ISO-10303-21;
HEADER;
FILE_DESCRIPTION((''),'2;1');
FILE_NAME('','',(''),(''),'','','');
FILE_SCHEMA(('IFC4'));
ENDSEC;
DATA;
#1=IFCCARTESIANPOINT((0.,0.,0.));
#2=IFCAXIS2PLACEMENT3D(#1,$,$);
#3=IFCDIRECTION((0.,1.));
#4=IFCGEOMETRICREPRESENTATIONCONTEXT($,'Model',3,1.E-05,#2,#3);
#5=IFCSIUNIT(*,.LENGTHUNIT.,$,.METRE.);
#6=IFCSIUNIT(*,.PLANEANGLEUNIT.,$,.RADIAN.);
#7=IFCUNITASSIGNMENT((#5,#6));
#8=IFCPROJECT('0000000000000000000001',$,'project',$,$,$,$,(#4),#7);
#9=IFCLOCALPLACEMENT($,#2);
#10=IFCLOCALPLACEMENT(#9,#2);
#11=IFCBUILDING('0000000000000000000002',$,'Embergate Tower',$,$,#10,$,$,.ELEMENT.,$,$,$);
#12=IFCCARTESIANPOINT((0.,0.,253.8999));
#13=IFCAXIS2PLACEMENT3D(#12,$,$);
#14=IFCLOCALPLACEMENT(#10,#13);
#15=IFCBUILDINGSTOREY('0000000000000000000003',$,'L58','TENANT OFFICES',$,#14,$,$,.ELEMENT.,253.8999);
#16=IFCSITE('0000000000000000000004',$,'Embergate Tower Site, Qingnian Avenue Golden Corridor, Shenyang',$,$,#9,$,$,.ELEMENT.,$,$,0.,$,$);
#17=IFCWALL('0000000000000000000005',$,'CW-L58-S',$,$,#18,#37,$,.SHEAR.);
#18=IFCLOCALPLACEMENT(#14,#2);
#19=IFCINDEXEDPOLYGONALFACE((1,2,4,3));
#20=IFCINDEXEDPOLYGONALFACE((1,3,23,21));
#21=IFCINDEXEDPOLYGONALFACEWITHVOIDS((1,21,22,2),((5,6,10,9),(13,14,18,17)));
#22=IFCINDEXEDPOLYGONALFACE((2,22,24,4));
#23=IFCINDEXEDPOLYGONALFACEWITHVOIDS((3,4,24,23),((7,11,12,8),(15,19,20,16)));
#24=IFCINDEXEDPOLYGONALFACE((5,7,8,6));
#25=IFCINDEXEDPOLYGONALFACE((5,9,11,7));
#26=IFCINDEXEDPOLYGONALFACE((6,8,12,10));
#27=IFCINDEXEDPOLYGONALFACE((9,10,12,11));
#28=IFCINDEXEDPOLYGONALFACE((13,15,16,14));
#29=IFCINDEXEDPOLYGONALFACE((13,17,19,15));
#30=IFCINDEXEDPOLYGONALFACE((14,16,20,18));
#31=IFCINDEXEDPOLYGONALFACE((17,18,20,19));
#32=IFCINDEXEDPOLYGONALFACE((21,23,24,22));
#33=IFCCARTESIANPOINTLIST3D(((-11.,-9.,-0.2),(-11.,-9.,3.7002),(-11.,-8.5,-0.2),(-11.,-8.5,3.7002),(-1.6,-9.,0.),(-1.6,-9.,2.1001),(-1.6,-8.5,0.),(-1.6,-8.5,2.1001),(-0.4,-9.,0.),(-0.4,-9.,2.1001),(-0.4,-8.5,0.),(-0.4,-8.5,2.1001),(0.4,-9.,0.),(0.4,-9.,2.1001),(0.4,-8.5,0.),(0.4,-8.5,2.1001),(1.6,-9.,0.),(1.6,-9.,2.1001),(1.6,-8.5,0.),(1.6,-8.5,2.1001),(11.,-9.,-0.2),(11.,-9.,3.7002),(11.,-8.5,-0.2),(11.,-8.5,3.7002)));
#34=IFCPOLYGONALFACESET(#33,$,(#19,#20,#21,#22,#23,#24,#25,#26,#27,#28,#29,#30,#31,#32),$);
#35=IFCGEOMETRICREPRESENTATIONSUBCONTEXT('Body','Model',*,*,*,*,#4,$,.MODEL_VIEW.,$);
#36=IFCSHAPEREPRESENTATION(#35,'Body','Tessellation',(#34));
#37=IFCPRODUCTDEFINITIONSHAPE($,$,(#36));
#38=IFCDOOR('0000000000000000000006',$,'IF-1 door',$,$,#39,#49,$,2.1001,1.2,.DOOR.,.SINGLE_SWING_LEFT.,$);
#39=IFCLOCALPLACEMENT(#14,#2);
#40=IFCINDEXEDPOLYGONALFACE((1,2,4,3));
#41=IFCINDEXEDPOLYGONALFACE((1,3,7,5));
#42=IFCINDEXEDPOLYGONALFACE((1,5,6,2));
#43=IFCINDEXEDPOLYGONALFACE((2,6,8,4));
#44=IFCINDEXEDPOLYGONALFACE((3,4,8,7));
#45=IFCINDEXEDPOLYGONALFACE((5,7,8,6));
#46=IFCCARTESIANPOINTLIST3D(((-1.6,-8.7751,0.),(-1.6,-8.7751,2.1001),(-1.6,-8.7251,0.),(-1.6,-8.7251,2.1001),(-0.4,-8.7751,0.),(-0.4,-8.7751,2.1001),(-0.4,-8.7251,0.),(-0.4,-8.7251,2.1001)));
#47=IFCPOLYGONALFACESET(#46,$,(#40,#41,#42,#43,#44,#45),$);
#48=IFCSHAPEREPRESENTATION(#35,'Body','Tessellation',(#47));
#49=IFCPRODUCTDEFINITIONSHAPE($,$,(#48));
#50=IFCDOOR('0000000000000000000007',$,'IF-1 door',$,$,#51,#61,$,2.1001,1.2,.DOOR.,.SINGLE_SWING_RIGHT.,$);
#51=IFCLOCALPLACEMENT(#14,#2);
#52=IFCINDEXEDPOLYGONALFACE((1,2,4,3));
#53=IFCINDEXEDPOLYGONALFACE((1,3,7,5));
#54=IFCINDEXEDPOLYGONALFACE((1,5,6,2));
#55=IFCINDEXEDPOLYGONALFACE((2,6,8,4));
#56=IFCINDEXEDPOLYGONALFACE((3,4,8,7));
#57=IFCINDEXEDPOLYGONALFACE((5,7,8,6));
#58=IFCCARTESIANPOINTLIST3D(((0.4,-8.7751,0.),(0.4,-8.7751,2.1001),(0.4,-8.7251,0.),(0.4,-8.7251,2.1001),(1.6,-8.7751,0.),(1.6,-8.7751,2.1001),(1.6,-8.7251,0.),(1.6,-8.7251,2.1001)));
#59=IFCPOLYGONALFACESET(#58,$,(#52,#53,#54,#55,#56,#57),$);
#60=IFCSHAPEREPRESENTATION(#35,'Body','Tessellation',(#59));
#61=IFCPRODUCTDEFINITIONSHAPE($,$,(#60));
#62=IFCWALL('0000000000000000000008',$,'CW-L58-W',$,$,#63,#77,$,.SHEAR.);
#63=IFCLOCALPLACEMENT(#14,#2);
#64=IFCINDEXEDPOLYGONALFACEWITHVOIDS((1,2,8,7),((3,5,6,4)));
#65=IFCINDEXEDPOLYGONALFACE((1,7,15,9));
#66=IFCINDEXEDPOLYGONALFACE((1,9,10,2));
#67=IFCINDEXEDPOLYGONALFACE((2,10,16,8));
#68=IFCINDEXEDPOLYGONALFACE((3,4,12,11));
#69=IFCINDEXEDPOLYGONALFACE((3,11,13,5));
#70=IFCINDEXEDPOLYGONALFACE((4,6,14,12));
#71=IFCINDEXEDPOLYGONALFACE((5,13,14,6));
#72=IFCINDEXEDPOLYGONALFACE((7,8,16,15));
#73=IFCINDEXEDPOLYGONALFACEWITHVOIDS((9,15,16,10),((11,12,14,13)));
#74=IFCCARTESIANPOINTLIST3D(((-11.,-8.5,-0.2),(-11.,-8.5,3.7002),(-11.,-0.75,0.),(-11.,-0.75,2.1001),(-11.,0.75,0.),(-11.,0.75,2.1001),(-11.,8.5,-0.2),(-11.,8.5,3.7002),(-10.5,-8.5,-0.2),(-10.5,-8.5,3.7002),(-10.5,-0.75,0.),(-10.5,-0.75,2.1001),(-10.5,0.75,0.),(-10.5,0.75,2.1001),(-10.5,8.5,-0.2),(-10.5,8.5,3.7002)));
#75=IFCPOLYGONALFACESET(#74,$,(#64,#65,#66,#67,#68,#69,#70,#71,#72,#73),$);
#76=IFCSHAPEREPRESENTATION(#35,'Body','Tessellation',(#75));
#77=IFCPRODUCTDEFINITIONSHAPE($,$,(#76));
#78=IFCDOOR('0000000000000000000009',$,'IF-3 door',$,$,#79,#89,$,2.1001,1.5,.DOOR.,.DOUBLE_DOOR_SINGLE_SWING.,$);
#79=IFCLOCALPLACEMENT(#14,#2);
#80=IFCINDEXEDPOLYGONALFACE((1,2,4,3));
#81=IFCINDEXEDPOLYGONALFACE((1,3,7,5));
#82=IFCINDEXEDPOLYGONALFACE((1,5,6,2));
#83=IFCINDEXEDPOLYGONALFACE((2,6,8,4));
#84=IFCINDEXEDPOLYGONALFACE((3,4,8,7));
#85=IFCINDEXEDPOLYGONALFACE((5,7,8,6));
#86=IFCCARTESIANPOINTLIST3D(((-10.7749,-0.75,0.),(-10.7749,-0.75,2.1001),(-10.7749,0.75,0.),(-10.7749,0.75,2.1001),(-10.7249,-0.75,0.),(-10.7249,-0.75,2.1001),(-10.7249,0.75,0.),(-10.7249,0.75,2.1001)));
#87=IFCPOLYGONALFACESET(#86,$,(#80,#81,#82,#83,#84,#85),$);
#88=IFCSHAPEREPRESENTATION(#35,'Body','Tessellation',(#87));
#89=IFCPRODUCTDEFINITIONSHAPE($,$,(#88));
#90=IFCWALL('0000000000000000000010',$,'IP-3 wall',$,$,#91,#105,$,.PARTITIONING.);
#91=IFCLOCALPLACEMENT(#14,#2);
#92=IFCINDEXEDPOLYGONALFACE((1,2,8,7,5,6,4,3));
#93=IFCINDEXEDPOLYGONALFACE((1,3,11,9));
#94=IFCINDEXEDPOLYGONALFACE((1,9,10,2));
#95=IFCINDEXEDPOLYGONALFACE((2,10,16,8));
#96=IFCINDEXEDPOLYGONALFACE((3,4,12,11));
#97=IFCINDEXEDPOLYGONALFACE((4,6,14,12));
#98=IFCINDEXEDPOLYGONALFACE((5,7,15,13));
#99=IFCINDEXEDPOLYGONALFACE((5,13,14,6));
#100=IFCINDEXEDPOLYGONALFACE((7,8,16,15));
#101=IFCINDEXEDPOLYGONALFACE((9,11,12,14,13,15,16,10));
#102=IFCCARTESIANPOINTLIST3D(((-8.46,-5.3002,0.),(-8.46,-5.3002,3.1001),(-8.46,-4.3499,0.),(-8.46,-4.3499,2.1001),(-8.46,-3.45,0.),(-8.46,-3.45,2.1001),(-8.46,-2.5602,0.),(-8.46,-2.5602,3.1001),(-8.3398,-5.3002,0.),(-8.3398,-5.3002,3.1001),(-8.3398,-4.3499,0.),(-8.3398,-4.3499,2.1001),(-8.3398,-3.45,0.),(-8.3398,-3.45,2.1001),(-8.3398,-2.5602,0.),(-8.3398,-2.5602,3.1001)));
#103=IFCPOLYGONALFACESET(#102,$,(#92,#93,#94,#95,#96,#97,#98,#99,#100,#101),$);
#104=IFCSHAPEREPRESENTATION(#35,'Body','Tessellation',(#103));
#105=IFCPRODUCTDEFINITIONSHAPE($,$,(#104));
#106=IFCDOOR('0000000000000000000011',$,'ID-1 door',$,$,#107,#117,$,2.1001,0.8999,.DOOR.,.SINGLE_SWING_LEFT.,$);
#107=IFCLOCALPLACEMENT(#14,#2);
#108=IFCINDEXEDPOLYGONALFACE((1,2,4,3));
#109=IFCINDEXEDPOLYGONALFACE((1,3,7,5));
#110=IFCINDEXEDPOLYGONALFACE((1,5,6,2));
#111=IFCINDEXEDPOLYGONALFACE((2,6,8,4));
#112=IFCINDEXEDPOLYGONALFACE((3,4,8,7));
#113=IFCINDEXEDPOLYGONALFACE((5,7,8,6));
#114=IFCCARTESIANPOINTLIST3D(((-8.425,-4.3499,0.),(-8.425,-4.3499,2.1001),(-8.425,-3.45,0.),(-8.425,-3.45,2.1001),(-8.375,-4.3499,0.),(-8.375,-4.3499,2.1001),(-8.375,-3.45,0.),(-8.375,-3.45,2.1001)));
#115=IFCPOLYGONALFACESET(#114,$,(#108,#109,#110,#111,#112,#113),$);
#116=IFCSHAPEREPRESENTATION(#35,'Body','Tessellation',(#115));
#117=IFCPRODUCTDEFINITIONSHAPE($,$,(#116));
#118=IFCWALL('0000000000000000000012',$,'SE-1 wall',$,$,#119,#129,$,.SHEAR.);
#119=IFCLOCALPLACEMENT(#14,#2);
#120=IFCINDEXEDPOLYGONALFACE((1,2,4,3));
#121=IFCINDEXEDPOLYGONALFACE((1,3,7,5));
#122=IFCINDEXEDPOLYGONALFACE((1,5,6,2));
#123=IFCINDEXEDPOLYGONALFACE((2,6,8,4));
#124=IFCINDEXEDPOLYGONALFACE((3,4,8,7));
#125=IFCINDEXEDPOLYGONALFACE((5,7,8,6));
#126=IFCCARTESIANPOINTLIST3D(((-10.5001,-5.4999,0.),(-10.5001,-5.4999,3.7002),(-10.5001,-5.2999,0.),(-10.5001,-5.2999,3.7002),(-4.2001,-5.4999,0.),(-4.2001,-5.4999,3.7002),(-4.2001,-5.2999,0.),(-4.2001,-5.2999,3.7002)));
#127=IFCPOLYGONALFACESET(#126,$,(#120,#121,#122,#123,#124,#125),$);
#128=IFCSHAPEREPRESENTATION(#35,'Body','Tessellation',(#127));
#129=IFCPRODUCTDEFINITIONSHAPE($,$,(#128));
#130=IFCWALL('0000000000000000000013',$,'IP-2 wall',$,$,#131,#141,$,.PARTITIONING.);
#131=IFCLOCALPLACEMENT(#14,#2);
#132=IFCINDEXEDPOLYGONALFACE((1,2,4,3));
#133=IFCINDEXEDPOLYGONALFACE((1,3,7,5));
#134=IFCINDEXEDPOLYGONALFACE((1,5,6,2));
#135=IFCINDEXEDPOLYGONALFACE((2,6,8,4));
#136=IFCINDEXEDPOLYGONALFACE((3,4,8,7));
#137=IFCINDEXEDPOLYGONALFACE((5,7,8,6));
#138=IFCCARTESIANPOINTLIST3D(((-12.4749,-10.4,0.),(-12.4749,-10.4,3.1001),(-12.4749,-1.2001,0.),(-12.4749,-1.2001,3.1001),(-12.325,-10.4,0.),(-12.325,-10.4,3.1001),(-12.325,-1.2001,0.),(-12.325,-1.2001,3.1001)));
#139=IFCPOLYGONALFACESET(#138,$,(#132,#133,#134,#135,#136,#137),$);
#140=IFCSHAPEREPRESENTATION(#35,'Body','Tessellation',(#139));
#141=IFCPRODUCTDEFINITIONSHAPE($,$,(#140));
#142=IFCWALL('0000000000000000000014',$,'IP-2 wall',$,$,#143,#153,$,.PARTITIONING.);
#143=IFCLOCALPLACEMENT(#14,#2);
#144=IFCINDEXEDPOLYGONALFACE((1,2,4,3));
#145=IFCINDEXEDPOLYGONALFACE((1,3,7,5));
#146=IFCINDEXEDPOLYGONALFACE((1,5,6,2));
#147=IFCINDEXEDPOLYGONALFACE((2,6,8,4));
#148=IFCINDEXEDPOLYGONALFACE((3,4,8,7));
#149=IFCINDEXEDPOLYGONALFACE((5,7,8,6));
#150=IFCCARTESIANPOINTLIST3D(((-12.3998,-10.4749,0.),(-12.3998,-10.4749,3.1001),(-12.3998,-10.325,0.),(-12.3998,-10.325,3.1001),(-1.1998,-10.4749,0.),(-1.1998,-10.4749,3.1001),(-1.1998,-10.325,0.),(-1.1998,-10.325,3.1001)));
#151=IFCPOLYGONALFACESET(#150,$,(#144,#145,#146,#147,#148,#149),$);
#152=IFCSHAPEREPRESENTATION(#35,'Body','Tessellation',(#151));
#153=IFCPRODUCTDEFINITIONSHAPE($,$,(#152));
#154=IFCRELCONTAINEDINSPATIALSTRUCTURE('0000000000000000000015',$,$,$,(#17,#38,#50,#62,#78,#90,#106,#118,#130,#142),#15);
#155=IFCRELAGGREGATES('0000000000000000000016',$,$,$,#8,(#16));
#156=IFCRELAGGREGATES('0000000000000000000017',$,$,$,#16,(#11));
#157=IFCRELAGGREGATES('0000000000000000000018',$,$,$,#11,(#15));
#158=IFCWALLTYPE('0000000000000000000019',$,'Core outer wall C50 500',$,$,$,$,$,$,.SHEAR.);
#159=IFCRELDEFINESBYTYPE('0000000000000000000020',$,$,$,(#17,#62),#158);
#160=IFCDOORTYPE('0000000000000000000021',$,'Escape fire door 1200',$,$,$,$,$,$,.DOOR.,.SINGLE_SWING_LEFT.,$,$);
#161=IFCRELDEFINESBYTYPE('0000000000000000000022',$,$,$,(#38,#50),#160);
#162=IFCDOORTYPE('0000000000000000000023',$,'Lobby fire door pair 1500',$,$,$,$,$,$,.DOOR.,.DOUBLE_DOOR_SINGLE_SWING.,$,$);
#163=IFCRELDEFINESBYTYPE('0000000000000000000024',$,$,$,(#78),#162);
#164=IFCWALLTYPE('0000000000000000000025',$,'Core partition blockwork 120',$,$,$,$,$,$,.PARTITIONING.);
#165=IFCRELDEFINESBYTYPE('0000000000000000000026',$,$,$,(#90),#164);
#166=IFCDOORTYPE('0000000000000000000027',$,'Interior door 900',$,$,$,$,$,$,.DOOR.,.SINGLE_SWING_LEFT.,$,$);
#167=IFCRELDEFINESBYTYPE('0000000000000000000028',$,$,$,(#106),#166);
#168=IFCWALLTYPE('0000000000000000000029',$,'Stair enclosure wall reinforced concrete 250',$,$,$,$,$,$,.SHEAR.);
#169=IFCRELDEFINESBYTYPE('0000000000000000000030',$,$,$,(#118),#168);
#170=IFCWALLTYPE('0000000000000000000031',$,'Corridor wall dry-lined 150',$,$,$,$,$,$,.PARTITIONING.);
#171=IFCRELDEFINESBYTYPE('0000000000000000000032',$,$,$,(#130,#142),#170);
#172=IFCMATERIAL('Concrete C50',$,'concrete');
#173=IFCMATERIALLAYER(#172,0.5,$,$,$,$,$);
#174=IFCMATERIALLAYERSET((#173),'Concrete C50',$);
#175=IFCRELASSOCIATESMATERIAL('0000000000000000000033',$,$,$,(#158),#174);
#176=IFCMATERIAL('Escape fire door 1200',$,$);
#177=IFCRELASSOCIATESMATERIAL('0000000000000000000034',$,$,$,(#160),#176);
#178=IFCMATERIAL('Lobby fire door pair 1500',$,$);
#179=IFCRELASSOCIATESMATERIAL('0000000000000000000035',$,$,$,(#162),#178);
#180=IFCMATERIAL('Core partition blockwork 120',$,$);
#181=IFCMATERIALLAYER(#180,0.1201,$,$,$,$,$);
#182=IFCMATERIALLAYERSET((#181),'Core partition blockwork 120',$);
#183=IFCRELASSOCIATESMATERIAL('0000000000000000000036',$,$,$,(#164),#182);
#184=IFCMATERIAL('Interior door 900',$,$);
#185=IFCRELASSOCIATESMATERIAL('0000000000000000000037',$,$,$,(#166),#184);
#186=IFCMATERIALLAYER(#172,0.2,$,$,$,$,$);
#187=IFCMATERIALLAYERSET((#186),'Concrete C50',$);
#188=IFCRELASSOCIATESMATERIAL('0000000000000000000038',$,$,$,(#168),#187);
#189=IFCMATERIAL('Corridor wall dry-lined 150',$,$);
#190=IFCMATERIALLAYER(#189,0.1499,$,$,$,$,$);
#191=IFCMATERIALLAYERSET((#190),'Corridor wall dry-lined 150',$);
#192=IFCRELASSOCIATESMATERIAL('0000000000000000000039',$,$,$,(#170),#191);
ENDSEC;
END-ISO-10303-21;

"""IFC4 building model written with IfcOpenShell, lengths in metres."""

from ifc_helpers import new_model, si_unit, direction, frame, frame_2d, origin, place, context, subcontext, project, spatial, rectangle, extrude, source, transform, mapped, material, layer, layer_set, type_object, element, fill, save


model = new_model("IFC4")

# Units and contexts
model_context = context("Model", 3, precision=1e-05, world=origin(), true_north=direction((0.0, 1.0)))
body_context = subcontext(model_context, "Body", "Model", "MODEL_VIEW")
ifc_project = project(units=[si_unit("LENGTHUNIT", "METRE"), si_unit("PLANEANGLEUNIT", "RADIAN")], contexts=[model_context])

# Site, building, storey
site_placement = place(None, origin())
site = spatial("IfcSite", under=ifc_project, at=site_placement, Name="Embergate Tower Site, Qingnian Avenue Golden Corridor, Shenyang", CompositionType="ELEMENT", RefElevation=0.0)
building_placement = place(site_placement, origin())
building = spatial("IfcBuilding", under=site, at=building_placement, Name="Embergate Tower", CompositionType="ELEMENT")
storey_placement = place(building_placement, frame((0.0, 0.0, 253.8999)))
storey = spatial("IfcBuildingStorey", under=building, at=storey_placement, Name="L58", Description="TENANT OFFICES", CompositionType="ELEMENT", Elevation=253.8999)

# Wall, openings, doors
ifc_material_1 = material(Name="Concrete C50", Category="concrete")
ifc_layer_1 = layer(ifc_material_1, 0.5)
ifc_layer_set_1 = layer_set([ifc_layer_1], Name="Concrete C50")
wall_type_1 = type_object("IfcWallType", Name="Core outer wall C50 500", PredefinedType="SHEAR", material=ifc_layer_set_1)
shared_shape_1 = source(origin(), body_context, "Body", "SweptSolid", [
    extrude(rectangle(XDim=22.0, YDim=0.5, at=frame_2d((11.0, 0.0))), origin(), (0.0, 0.0, 1.0), 3.9001),
])
wall_1_placement = place(storey_placement, frame((-11.0, -8.75, -0.2), z_axis=(0.0, 0.0, 1.0), x_axis=(1.0, 0.0, 0.0)))
wall_1 = element("IfcWall", 1, at=wall_1_placement, inside=storey, type_object=wall_type_1, Name="CW-L58-S", PredefinedType="SHEAR", context=body_context, shape_type="MappedRepresentation", body=[
    mapped(shared_shape_1, transform((0.0, 0.0, 0.0))),
])
shared_shape_2 = source(origin(), body_context, "Body", "SweptSolid", [
    extrude(rectangle(XDim=1.2, YDim=2.1001, at=frame_2d((0.6001, 1.05))), frame((0.0, 0.26, 0.0), z_axis=(0.0, -1.0, 0.0), x_axis=(1.0, 0.0, 0.0)), (0.0, 0.0, 1.0), 0.52),
])
opening_1_placement = place(wall_1_placement, frame((9.3999, 0.0, 0.2)))
opening_1 = element("IfcOpeningElement", 2, at=opening_1_placement, cuts=wall_1, PredefinedType="OPENING", context=body_context, shape_type="MappedRepresentation", body=[
    mapped(shared_shape_2, transform((0.0, 0.0, 0.0))),
])
opening_2_placement = place(wall_1_placement, frame((11.3999, 0.0, 0.2)))
opening_2 = element("IfcOpeningElement", 3, at=opening_2_placement, cuts=wall_1, PredefinedType="OPENING", context=body_context, shape_type="MappedRepresentation", body=[
    mapped(shared_shape_2, transform((0.0, 0.0, 0.0))),
])
ifc_material_2 = material(Name="Escape fire door 1200")
door_type_1 = type_object("IfcDoorType", Name="Escape fire door 1200", OperationType="SINGLE_SWING_LEFT", PredefinedType="DOOR", material=ifc_material_2)
shared_shape_3 = source(origin(), body_context, "Body", "SweptSolid", [
    extrude(rectangle(XDim=1.2, YDim=2.1001, at=frame_2d((0.6001, 1.05))), frame((0.0, 0.0249, 0.0), z_axis=(0.0, -1.0, 0.0), x_axis=(1.0, 0.0, 0.0)), (0.0, 0.0, 1.0), 0.05),
])
door_1_placement = place(opening_1_placement, origin())
door_1 = element("IfcDoor", 4, at=door_1_placement, inside=storey, type_object=door_type_1, Name="IF-1 door", OperationType="SINGLE_SWING_LEFT", OverallHeight=2.1001, OverallWidth=1.2, PredefinedType="DOOR", context=body_context, shape_type="MappedRepresentation", body=[
    mapped(shared_shape_3, transform((0.0, 0.0, 0.0))),
])
fill(opening_1, door_1)
door_2_placement = place(opening_2_placement, origin())
door_2 = element("IfcDoor", 5, at=door_2_placement, inside=storey, type_object=door_type_1, Name="IF-1 door", OperationType="SINGLE_SWING_RIGHT", OverallHeight=2.1001, OverallWidth=1.2, PredefinedType="DOOR", context=body_context, shape_type="MappedRepresentation", body=[
    mapped(shared_shape_3, transform((0.0, 0.0, 0.0))),
])
fill(opening_2, door_2)

# Walls, openings, doors
shared_shape_4 = source(origin(), body_context, "Body", "SweptSolid", [
    extrude(rectangle(XDim=17.0, YDim=0.5, at=frame_2d((8.5, 0.0))), origin(), (0.0, 0.0, 1.0), 3.9001),
])
wall_2_placement = place(storey_placement, frame((-10.75, -8.5, -0.2), z_axis=(0.0, 0.0, 1.0), x_axis=(0.0, 1.0, 0.0)))
wall_2 = element("IfcWall", 6, at=wall_2_placement, inside=storey, type_object=wall_type_1, Name="CW-L58-W", PredefinedType="SHEAR", context=body_context, shape_type="MappedRepresentation", body=[
    mapped(shared_shape_4, transform((0.0, 0.0, 0.0))),
])
shared_shape_5 = source(origin(), body_context, "Body", "SweptSolid", [
    extrude(rectangle(XDim=1.5, YDim=2.1001, at=frame_2d((0.75, 1.05))), frame((0.0, 0.26, 0.0), z_axis=(0.0, -1.0, 0.0), x_axis=(1.0, 0.0, 0.0)), (0.0, 0.0, 1.0), 0.52),
])
opening_3_placement = place(wall_2_placement, frame((7.75, 0.0, 0.2)))
opening_3 = element("IfcOpeningElement", 7, at=opening_3_placement, cuts=wall_2, PredefinedType="OPENING", context=body_context, shape_type="MappedRepresentation", body=[
    mapped(shared_shape_5, transform((0.0, 0.0, 0.0))),
])
ifc_material_3 = material(Name="Lobby fire door pair 1500")
door_type_2 = type_object("IfcDoorType", Name="Lobby fire door pair 1500", OperationType="DOUBLE_DOOR_SINGLE_SWING", PredefinedType="DOOR", material=ifc_material_3)
shared_shape_6 = source(origin(), body_context, "Body", "SweptSolid", [
    extrude(rectangle(XDim=1.5, YDim=2.1001, at=frame_2d((0.75, 1.05))), frame((0.0, 0.0249, 0.0), z_axis=(0.0, -1.0, 0.0), x_axis=(1.0, 0.0, 0.0)), (0.0, 0.0, 1.0), 0.05),
])
door_3_placement = place(opening_3_placement, origin())
door_3 = element("IfcDoor", 8, at=door_3_placement, inside=storey, type_object=door_type_2, Name="IF-3 door", OperationType="DOUBLE_DOOR_SINGLE_SWING", OverallHeight=2.1001, OverallWidth=1.5, PredefinedType="DOOR", context=body_context, shape_type="MappedRepresentation", body=[
    mapped(shared_shape_6, transform((0.0, 0.0, 0.0))),
])
fill(opening_3, door_3)
ifc_material_4 = material(Name="Core partition blockwork 120")
ifc_layer_2 = layer(ifc_material_4, 0.1201)
ifc_layer_set_2 = layer_set([ifc_layer_2], Name="Core partition blockwork 120")
wall_type_2 = type_object("IfcWallType", Name="Core partition blockwork 120", PredefinedType="PARTITIONING", material=ifc_layer_set_2)
shared_shape_7 = source(origin(), body_context, "Body", "SweptSolid", [
    extrude(rectangle(XDim=2.74, YDim=0.1201, at=frame_2d((1.3701, 0.0))), origin(), (0.0, 0.0, 1.0), 3.1001),
])
wall_3_placement = place(storey_placement, frame((-8.3999, -2.5601, 0.0), z_axis=(0.0, 0.0, 1.0), x_axis=(0.0, -1.0, 0.0)))
wall_3 = element("IfcWall", 9, at=wall_3_placement, inside=storey, type_object=wall_type_2, Name="IP-3 wall", PredefinedType="PARTITIONING", context=body_context, shape_type="MappedRepresentation", body=[
    mapped(shared_shape_7, transform((0.0, 0.0, 0.0))),
])
shared_shape_8 = source(origin(), body_context, "Body", "SweptSolid", [
    extrude(rectangle(XDim=0.8999, YDim=2.1001, at=frame_2d((0.45, 1.05))), frame((0.0, 0.0701, 0.0), z_axis=(0.0, -1.0, 0.0), x_axis=(1.0, 0.0, 0.0)), (0.0, 0.0, 1.0), 0.1401),
])
opening_4_placement = place(wall_3_placement, frame((0.8899, 0.0, 0.0)))
opening_4 = element("IfcOpeningElement", 10, at=opening_4_placement, cuts=wall_3, PredefinedType="OPENING", context=body_context, shape_type="MappedRepresentation", body=[
    mapped(shared_shape_8, transform((0.0, 0.0, 0.0))),
])
ifc_material_5 = material(Name="Interior door 900")
door_type_3 = type_object("IfcDoorType", Name="Interior door 900", OperationType="SINGLE_SWING_LEFT", PredefinedType="DOOR", material=ifc_material_5)
shared_shape_9 = source(origin(), body_context, "Body", "SweptSolid", [
    extrude(rectangle(XDim=0.8999, YDim=2.1001, at=frame_2d((0.45, 1.05))), frame((0.0, 0.0249, 0.0), z_axis=(0.0, -1.0, 0.0), x_axis=(1.0, 0.0, 0.0)), (0.0, 0.0, 1.0), 0.05),
])
door_4_placement = place(opening_4_placement, origin())
door_4 = element("IfcDoor", 11, at=door_4_placement, inside=storey, type_object=door_type_3, Name="ID-1 door", OperationType="SINGLE_SWING_LEFT", OverallHeight=2.1001, OverallWidth=0.8999, PredefinedType="DOOR", context=body_context, shape_type="MappedRepresentation", body=[
    mapped(shared_shape_9, transform((0.0, 0.0, 0.0))),
])
fill(opening_4, door_4)

# Walls
ifc_layer_3 = layer(ifc_material_1, 0.2)
ifc_layer_set_3 = layer_set([ifc_layer_3], Name="Concrete C50")
wall_type_3 = type_object("IfcWallType", Name="Stair enclosure wall reinforced concrete 250", PredefinedType="SHEAR", material=ifc_layer_set_3)
shared_shape_10 = source(origin(), body_context, "Body", "SweptSolid", [
    extrude(rectangle(XDim=6.3, YDim=0.2, at=frame_2d((3.1499, 0.0))), origin(), (0.0, 0.0, 1.0), 3.7002),
])
wall_4_placement = place(storey_placement, frame((-10.5, -5.3999, 0.0), z_axis=(0.0, 0.0, 1.0), x_axis=(1.0, 0.0, 0.0)))
element("IfcWall", 12, at=wall_4_placement, inside=storey, type_object=wall_type_3, Name="SE-1 wall", PredefinedType="SHEAR", context=body_context, shape_type="MappedRepresentation", body=[
    mapped(shared_shape_10, transform((0.0, 0.0, 0.0))),
])
ifc_material_6 = material(Name="Corridor wall dry-lined 150")
ifc_layer_4 = layer(ifc_material_6, 0.1499)
ifc_layer_set_4 = layer_set([ifc_layer_4], Name="Corridor wall dry-lined 150")
wall_type_4 = type_object("IfcWallType", Name="Corridor wall dry-lined 150", PredefinedType="PARTITIONING", material=ifc_layer_set_4)
shared_shape_11 = source(origin(), body_context, "Body", "SweptSolid", [
    extrude(rectangle(XDim=9.2, YDim=0.1499, at=frame_2d((4.6001, 0.0))), origin(), (0.0, 0.0, 1.0), 3.1001),
])
wall_5_placement = place(storey_placement, frame((-12.3999, -1.2, 0.0), z_axis=(0.0, 0.0, 1.0), x_axis=(0.0, -1.0, 0.0)))
element("IfcWall", 13, at=wall_5_placement, inside=storey, type_object=wall_type_4, Name="IP-2 wall", PredefinedType="PARTITIONING", context=body_context, shape_type="MappedRepresentation", body=[
    mapped(shared_shape_11, transform((0.0, 0.0, 0.0))),
])
shared_shape_12 = source(origin(), body_context, "Body", "SweptSolid", [
    extrude(rectangle(XDim=11.2, YDim=0.1499, at=frame_2d((5.6001, 0.0))), origin(), (0.0, 0.0, 1.0), 3.1001),
])
wall_6_placement = place(storey_placement, frame((-12.3999, -10.3999, 0.0), z_axis=(0.0, 0.0, 1.0), x_axis=(1.0, 0.0, 0.0)))
element("IfcWall", 14, at=wall_6_placement, inside=storey, type_object=wall_type_4, Name="IP-2 wall", PredefinedType="PARTITIONING", context=body_context, shape_type="MappedRepresentation", body=[
    mapped(shared_shape_12, transform((0.0, 0.0, 0.0))),
])

save(model, "model.ifc")
